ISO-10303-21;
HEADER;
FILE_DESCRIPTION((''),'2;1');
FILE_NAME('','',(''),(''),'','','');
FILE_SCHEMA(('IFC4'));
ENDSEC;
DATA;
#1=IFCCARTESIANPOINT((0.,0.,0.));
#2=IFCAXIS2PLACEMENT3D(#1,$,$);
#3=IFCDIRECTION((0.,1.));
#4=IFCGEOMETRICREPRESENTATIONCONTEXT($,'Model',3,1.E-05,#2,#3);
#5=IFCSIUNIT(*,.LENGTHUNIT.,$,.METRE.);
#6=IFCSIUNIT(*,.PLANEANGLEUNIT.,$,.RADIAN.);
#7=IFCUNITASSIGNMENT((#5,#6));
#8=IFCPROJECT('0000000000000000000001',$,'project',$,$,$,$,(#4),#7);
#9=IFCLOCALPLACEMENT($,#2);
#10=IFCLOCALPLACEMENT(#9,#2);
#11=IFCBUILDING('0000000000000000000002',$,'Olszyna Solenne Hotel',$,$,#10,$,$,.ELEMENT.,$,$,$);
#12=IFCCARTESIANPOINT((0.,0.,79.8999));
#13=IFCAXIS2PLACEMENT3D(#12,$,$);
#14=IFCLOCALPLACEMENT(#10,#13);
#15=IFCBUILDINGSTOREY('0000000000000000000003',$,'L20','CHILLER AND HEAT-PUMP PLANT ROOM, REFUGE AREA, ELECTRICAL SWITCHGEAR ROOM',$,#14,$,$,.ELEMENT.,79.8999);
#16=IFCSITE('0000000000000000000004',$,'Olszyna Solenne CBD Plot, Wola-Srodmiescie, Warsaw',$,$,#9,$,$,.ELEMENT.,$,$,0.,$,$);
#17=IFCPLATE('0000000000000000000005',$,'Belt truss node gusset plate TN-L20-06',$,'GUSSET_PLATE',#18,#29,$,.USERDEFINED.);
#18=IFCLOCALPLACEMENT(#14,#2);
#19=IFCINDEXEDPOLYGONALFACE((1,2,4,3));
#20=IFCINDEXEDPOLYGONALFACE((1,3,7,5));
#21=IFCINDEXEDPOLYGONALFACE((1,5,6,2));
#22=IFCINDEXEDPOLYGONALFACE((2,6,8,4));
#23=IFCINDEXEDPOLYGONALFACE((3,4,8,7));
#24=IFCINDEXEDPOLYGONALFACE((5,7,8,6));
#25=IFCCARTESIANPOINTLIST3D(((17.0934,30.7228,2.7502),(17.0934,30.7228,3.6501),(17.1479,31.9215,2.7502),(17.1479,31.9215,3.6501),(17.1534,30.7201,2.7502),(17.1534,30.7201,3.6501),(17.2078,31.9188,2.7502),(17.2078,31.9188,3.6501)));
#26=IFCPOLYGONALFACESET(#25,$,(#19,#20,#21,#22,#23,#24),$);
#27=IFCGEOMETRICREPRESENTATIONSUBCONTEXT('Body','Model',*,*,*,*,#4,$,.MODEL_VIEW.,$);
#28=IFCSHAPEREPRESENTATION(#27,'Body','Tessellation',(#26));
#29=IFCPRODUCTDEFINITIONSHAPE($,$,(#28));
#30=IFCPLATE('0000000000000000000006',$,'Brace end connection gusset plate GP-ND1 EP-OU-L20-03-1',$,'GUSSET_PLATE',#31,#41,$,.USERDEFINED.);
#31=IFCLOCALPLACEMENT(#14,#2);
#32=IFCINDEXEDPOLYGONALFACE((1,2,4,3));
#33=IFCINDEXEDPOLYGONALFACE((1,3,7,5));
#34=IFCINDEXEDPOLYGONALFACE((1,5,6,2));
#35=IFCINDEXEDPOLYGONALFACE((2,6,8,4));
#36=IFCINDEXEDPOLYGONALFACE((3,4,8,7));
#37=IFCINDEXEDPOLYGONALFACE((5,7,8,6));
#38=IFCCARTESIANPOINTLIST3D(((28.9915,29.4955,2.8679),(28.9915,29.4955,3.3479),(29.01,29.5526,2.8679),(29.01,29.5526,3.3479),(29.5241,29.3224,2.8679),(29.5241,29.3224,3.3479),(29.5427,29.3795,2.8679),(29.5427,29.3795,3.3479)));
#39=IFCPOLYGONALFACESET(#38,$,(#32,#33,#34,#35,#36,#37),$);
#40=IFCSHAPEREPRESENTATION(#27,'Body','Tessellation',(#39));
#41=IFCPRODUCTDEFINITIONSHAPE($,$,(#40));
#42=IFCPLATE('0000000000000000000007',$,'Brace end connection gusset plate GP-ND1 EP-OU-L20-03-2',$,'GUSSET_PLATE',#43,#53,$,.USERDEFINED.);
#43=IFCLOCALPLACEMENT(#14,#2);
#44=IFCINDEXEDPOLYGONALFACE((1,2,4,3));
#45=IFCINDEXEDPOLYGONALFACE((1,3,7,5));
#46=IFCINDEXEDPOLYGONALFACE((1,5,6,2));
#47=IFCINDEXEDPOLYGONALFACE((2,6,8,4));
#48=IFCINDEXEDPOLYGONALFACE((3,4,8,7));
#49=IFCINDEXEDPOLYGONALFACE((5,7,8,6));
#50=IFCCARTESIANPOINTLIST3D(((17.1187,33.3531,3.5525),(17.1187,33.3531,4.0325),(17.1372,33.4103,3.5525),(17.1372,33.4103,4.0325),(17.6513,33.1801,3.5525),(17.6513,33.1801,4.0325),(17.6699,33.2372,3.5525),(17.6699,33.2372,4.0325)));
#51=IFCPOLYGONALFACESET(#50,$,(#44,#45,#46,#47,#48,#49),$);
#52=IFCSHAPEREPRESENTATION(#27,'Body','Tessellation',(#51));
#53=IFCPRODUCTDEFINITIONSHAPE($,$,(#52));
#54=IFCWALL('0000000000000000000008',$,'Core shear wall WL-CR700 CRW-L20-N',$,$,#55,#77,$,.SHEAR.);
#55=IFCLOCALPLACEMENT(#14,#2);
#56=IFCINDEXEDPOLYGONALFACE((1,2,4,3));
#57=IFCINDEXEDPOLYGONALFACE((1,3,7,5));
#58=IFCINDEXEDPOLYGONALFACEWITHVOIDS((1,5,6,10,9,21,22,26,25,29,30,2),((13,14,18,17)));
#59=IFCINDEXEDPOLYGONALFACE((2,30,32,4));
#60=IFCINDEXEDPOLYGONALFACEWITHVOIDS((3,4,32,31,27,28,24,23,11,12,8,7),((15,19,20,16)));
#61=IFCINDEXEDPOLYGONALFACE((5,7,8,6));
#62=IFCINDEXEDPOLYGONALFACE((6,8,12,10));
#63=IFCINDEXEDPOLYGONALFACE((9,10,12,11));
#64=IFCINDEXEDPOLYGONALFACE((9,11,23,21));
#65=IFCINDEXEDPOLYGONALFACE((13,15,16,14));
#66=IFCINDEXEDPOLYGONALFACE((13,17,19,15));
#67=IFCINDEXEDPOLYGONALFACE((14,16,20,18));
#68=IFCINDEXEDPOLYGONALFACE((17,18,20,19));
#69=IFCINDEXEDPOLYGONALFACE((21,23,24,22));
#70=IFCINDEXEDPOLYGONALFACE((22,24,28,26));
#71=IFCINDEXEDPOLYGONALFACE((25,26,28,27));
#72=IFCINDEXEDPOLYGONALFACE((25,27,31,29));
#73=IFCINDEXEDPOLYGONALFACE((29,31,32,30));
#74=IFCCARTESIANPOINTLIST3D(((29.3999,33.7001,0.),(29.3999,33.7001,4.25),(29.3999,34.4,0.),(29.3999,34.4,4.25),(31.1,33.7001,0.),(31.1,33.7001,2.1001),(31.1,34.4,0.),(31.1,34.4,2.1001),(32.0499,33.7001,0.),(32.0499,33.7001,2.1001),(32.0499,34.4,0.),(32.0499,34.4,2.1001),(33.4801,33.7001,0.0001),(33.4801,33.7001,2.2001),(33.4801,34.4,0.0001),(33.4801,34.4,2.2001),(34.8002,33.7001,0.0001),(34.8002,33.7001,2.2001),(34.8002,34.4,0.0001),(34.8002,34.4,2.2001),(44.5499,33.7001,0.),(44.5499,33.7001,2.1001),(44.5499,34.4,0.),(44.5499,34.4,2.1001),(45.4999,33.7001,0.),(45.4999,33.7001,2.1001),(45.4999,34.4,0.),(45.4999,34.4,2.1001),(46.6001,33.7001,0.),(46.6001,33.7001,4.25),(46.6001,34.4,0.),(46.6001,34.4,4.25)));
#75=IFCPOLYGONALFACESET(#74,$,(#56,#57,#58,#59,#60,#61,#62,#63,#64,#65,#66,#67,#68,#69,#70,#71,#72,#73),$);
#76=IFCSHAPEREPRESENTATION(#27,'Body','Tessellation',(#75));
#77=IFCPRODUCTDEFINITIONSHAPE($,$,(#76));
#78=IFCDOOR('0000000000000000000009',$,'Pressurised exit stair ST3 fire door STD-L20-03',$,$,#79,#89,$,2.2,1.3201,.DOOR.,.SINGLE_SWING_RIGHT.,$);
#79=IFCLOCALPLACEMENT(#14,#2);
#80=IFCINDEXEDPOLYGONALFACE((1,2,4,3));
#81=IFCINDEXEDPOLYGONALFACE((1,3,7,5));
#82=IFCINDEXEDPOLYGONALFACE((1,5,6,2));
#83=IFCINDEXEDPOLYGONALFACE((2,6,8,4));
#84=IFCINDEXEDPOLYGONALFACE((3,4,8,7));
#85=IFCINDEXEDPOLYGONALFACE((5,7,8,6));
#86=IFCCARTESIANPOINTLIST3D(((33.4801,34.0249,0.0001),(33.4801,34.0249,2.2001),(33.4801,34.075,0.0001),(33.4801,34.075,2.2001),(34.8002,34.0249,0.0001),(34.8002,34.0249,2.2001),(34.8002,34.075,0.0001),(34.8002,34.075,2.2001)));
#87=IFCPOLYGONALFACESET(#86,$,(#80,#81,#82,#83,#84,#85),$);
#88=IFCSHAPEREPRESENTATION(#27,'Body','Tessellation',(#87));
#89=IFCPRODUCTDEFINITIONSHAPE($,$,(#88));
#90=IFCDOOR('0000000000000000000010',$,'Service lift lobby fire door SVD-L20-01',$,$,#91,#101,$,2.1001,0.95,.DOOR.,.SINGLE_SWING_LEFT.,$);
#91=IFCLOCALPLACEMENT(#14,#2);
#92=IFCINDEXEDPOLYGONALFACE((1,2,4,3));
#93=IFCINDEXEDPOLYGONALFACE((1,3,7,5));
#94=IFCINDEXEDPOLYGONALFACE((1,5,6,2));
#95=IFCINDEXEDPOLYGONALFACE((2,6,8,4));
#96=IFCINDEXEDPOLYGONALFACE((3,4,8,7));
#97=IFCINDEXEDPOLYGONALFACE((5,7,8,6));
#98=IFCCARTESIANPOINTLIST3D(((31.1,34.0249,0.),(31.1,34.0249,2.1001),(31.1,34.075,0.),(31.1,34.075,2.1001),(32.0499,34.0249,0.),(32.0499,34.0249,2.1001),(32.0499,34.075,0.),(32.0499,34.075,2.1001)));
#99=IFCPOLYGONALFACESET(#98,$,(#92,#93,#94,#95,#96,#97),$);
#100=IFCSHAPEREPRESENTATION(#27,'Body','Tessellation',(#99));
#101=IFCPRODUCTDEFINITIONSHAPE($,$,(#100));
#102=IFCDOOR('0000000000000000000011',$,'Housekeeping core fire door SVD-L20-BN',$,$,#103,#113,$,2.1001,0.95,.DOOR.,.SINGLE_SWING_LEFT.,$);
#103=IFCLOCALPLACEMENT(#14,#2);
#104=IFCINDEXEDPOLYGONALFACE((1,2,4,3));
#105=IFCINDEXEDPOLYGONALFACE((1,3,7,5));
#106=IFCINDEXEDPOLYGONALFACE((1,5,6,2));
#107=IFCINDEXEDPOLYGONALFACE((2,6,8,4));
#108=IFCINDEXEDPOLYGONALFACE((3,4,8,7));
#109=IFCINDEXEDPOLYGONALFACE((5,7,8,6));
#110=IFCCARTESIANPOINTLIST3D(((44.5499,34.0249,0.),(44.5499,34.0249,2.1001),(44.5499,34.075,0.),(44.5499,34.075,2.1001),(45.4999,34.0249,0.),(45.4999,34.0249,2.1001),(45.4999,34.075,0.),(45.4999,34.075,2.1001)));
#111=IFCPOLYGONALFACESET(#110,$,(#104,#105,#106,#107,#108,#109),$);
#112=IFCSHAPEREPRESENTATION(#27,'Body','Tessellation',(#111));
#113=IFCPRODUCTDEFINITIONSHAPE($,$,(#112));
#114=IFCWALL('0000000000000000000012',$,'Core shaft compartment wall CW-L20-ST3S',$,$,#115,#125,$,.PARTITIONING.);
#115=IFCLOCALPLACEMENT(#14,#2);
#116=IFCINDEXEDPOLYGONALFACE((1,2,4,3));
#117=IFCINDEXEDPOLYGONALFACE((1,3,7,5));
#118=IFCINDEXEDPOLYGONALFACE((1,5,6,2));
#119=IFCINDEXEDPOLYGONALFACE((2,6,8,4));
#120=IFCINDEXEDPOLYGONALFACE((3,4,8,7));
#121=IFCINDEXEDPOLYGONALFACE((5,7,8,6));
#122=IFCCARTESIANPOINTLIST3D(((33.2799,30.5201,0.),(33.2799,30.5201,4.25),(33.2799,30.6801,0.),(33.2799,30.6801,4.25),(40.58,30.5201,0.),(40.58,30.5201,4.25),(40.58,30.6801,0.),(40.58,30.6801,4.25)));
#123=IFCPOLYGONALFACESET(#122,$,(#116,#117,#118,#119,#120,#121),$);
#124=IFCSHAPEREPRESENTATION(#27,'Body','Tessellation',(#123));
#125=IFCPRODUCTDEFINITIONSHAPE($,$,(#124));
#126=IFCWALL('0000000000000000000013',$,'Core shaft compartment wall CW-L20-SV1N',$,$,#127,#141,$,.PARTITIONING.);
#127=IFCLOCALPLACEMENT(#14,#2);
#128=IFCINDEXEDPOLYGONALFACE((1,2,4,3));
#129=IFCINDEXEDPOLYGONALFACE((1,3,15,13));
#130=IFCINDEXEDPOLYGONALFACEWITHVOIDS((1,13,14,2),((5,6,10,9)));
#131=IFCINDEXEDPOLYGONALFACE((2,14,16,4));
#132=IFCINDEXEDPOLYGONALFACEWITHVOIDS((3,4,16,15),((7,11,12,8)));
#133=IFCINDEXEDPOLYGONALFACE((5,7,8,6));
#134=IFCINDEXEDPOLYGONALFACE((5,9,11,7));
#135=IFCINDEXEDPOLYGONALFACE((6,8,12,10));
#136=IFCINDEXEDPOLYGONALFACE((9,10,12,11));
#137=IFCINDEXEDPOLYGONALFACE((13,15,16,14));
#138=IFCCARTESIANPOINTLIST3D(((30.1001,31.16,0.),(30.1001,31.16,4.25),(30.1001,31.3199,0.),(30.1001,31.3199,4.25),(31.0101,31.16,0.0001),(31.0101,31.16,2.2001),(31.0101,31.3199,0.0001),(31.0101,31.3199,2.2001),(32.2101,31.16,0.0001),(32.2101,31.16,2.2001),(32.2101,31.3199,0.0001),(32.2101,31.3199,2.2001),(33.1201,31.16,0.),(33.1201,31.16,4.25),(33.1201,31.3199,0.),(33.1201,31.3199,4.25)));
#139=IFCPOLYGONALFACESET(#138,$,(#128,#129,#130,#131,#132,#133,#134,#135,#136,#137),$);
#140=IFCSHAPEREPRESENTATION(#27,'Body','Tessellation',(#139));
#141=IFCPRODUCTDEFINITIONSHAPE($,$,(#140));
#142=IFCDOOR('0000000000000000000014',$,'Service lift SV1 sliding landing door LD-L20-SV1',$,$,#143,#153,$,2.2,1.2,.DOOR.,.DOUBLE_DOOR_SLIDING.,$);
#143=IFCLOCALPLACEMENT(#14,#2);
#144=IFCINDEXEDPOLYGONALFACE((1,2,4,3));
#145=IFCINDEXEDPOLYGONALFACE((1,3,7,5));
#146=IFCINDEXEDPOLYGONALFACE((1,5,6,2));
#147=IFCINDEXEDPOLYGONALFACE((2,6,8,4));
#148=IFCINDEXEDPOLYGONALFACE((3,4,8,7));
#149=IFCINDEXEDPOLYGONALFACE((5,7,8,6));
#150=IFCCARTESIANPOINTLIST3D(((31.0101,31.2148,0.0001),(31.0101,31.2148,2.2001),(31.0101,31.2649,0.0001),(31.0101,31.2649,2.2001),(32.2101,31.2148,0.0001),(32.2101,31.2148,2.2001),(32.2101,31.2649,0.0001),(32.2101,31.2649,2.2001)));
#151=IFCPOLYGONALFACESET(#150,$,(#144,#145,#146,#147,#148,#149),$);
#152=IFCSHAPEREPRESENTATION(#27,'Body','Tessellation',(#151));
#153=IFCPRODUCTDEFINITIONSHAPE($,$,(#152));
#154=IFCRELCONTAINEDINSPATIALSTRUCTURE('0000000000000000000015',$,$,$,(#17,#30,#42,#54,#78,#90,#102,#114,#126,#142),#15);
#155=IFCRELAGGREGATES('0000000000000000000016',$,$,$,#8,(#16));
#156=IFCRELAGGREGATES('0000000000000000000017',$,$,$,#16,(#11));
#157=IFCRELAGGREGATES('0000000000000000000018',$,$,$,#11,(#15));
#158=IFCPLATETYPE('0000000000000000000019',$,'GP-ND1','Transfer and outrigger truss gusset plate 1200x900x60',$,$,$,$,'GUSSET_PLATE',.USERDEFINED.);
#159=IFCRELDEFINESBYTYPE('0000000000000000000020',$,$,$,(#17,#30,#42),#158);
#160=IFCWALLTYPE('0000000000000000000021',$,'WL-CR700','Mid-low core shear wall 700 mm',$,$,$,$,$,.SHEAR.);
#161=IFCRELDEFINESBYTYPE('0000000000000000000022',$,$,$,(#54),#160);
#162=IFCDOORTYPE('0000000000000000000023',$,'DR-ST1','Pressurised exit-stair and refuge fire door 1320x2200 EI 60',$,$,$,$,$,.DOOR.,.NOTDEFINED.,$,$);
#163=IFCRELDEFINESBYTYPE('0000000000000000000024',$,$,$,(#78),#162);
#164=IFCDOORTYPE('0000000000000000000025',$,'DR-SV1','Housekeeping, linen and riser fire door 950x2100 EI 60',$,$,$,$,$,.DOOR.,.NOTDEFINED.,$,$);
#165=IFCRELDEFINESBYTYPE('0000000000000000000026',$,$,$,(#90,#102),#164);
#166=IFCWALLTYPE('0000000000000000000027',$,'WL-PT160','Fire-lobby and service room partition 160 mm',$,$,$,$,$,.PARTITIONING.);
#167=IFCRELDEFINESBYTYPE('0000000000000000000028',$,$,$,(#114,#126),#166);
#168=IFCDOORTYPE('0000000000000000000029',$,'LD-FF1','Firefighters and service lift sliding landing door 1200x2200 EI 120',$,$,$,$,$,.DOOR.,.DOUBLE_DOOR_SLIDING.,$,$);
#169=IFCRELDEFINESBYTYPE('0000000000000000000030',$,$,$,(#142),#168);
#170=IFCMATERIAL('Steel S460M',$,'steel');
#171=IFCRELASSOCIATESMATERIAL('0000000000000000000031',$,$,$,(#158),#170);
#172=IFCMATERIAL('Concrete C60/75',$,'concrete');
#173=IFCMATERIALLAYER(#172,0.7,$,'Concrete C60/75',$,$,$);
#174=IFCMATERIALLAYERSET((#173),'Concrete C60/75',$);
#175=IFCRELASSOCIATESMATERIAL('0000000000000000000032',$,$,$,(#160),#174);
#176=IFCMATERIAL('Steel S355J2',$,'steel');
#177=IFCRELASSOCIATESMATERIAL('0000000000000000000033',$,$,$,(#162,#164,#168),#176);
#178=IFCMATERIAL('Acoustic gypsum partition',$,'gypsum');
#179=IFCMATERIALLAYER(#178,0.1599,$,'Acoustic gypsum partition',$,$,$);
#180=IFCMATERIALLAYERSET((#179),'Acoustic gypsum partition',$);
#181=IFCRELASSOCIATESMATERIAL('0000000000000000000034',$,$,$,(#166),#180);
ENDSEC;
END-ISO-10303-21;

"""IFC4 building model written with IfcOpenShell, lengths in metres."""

from ifc_helpers import new_model, si_unit, direction, frame, frame_2d, origin, origin_2d, place, context, subcontext, project, spatial, rectangle, extrude, source, transform, mapped, material, layer, layer_set, type_object, type_shapes, element, fill, save


model = new_model("IFC4")

# Units and contexts
model_context = context("Model", 3, precision=1e-05, world=origin(), true_north=direction((0.0, 1.0)))
body_context = subcontext(model_context, "Body", "Model", "MODEL_VIEW")
ifc_project = project(units=[si_unit("LENGTHUNIT", "METRE"), si_unit("PLANEANGLEUNIT", "RADIAN")], contexts=[model_context])

# Site, building, storey
site_placement = place(None, origin())
site = spatial("IfcSite", under=ifc_project, at=site_placement, Name="Olszyna Solenne CBD Plot, Wola-Srodmiescie, Warsaw", CompositionType="ELEMENT", RefElevation=0.0)
building_placement = place(site_placement, origin())
building = spatial("IfcBuilding", under=site, at=building_placement, Name="Olszyna Solenne Hotel", CompositionType="ELEMENT")
storey_placement = place(building_placement, frame((0.0, 0.0, 79.8999)))
storey = spatial("IfcBuildingStorey", under=building, at=storey_placement, Name="L20", Description="CHILLER AND HEAT-PUMP PLANT ROOM, REFUGE AREA, ELECTRICAL SWITCHGEAR ROOM", CompositionType="ELEMENT", Elevation=79.8999)

# Shared definitions
ifc_material_1 = material(Name="Steel S355J2", Category="steel")

# Shared definitions
ifc_material_2 = material(Name="Steel S460M", Category="steel")

# Plates
plate_type_1 = type_object("IfcPlateType", Name="GP-ND1", Description="Transfer and outrigger truss gusset plate 1200x900x60", ElementType="GUSSET_PLATE", PredefinedType="USERDEFINED", material=ifc_material_2)
shared_shape_1 = source(origin(), body_context, "Body", "SweptSolid", [
    extrude(rectangle(XDim=1.2, YDim=0.0601, at=origin_2d()), origin(), (0.0, 0.0, 1.0), 0.8999),
])
plate_1_placement = place(storey_placement, frame((17.1506, 31.3208, 2.7502), z_axis=(0.0, 0.0, 1.0), x_axis=(-0.045363, -0.998971, 0.0)))
element("IfcPlate", 1, at=plate_1_placement, inside=storey, type_object=plate_type_1, Name="Belt truss node gusset plate TN-L20-06", ObjectType="GUSSET_PLATE", PredefinedType="USERDEFINED", context=body_context, shape_type="MappedRepresentation", body=[
    mapped(shared_shape_1, transform((0.0, 0.0, 0.0), x_axis=(1.0, 0.0, 0.0), y_axis=(0.0, 1.0, 0.0), z_axis=(0.0, 0.0, 1.0), scale=1.0)),
])
shared_shape_2 = source(origin(), body_context, "Body", "SweptSolid", [
    extrude(rectangle(XDim=0.5601, YDim=0.0601, at=origin_2d()), origin(), (0.0, 0.0, 1.0), 0.48),
])
for number, where, z_axis, x_axis, name in (
    (2, (29.2671, 29.4375, 2.8679), (0.0, 0.0, 1.0), (-0.951057, 0.309017, 0.0), "Brace end connection gusset plate GP-ND1 EP-OU-L20-03-1"),
    (3, (17.3943, 33.2952, 3.5525), (0.0, 0.0, 1.0), (-0.951057, 0.309017, 0.0), "Brace end connection gusset plate GP-ND1 EP-OU-L20-03-2"),
):
    element("IfcPlate", number, at=place(storey_placement, frame(where, z_axis=z_axis, x_axis=x_axis)), inside=storey, type_object=plate_type_1, Name=name, ObjectType="GUSSET_PLATE", PredefinedType="USERDEFINED", context=body_context, shape_type="MappedRepresentation", body=[
        mapped(shared_shape_2, transform((0.0, 0.0, 0.0), x_axis=(1.0, 0.0, 0.0), y_axis=(0.0, 1.0, 0.0), z_axis=(0.0, 0.0, 1.0), scale=1.0)),
    ])

# Wall, openings, doors
ifc_material_3 = material(Name="Concrete C60/75", Category="concrete")
ifc_layer_1 = layer(ifc_material_3, 0.7, Name="Concrete C60/75")
ifc_layer_set_1 = layer_set([ifc_layer_1], Name="Concrete C60/75")
wall_type_1 = type_object("IfcWallType", Name="WL-CR700", Description="Mid-low core shear wall 700 mm", PredefinedType="SHEAR", material=ifc_layer_set_1)
wall_1_placement = place(storey_placement, frame((29.3999, 34.05, 0.0), z_axis=(0.0, 0.0, 1.0), x_axis=(1.0, 0.0, 0.0)))
wall_1 = element("IfcWall", 4, at=wall_1_placement, inside=storey, type_object=wall_type_1, Name="Core shear wall WL-CR700 CRW-L20-N", PredefinedType="SHEAR", context=body_context, shape_type="SweptSolid", body=[
    extrude(rectangle(XDim=17.2002, YDim=0.7, at=frame_2d((8.6001, 0.0))), origin(), (0.0, 0.0, 1.0), 4.25),
])
opening_1_placement = place(wall_1_placement, frame((1.7, 0.0, 0.0)))
opening_1 = element("IfcOpeningElement", 5, at=opening_1_placement, cuts=wall_1, PredefinedType="OPENING", context=body_context, shape_type="SweptSolid", body=[
    extrude(rectangle(XDim=0.95, YDim=2.1001, at=frame_2d((0.4751, 1.05))), frame((0.0, 0.3599, 0.0), z_axis=(0.0, -1.0, 0.0), x_axis=(1.0, 0.0, 0.0)), (0.0, 0.0, 1.0), 0.72),
])
opening_2_placement = place(wall_1_placement, frame((4.0801, 0.0, 0.0)))
opening_2 = element("IfcOpeningElement", 6, at=opening_2_placement, cuts=wall_1, PredefinedType="OPENING", context=body_context, shape_type="SweptSolid", body=[
    extrude(rectangle(XDim=1.3201, YDim=2.2, at=frame_2d((0.6602, 1.1001))), frame((0.0, 0.3599, 0.0), z_axis=(0.0, -1.0, 0.0), x_axis=(1.0, 0.0, 0.0)), (0.0, 0.0, 1.0), 0.72),
])
opening_3_placement = place(wall_1_placement, frame((15.1499, 0.0, 0.0)))
opening_3 = element("IfcOpeningElement", 7, at=opening_3_placement, cuts=wall_1, PredefinedType="OPENING", context=body_context, shape_type="SweptSolid", body=[
    extrude(rectangle(XDim=0.95, YDim=2.1001, at=frame_2d((0.4751, 1.05))), frame((0.0, 0.3599, 0.0), z_axis=(0.0, -1.0, 0.0), x_axis=(1.0, 0.0, 0.0)), (0.0, 0.0, 1.0), 0.72),
])
door_type_1 = type_object("IfcDoorType", Name="DR-ST1", Description="Pressurised exit-stair and refuge fire door 1320x2200 EI 60", OperationType="NOTDEFINED", PredefinedType="DOOR", material=ifc_material_1)
shared_shape_3 = source(origin(), body_context, "Body", "SweptSolid", [
    extrude(rectangle(XDim=1.3201, YDim=2.2, at=frame_2d((0.6602, 1.1001))), frame((0.0, 0.0249, 0.0), z_axis=(0.0, -1.0, 0.0), x_axis=(1.0, 0.0, 0.0)), (0.0, 0.0, 1.0), 0.05),
])
type_shapes(door_type_1, [shared_shape_3])
door_1_placement = place(opening_2_placement, origin())
door_1 = element("IfcDoor", 8, at=door_1_placement, inside=storey, type_object=door_type_1, Name="Pressurised exit stair ST3 fire door STD-L20-03", OperationType="SINGLE_SWING_RIGHT", OverallHeight=2.2, OverallWidth=1.3201, PredefinedType="DOOR", context=body_context, shape_type="MappedRepresentation", body=[
    mapped(shared_shape_3, transform((0.0, 0.0, 0.0), x_axis=(1.0, 0.0, 0.0), y_axis=(0.0, 1.0, 0.0), z_axis=(0.0, 0.0, 1.0), scale=1.0)),
])
fill(opening_2, door_1)
door_type_2 = type_object("IfcDoorType", Name="DR-SV1", Description="Housekeeping, linen and riser fire door 950x2100 EI 60", OperationType="NOTDEFINED", PredefinedType="DOOR", material=ifc_material_1)
shared_shape_4 = source(origin(), body_context, "Body", "SweptSolid", [
    extrude(rectangle(XDim=0.95, YDim=2.1001, at=frame_2d((0.4751, 1.05))), frame((0.0, 0.0249, 0.0), z_axis=(0.0, -1.0, 0.0), x_axis=(1.0, 0.0, 0.0)), (0.0, 0.0, 1.0), 0.05),
])
type_shapes(door_type_2, [shared_shape_4])
door_2_placement = place(opening_1_placement, origin())
door_2 = element("IfcDoor", 9, at=door_2_placement, inside=storey, type_object=door_type_2, Name="Service lift lobby fire door SVD-L20-01", OperationType="SINGLE_SWING_LEFT", OverallHeight=2.1001, OverallWidth=0.95, PredefinedType="DOOR", context=body_context, shape_type="MappedRepresentation", body=[
    mapped(shared_shape_4, transform((0.0, 0.0, 0.0), x_axis=(1.0, 0.0, 0.0), y_axis=(0.0, 1.0, 0.0), z_axis=(0.0, 0.0, 1.0), scale=1.0)),
])
fill(opening_1, door_2)
door_3_placement = place(opening_3_placement, origin())
door_3 = element("IfcDoor", 10, at=door_3_placement, inside=storey, type_object=door_type_2, Name="Housekeeping core fire door SVD-L20-BN", OperationType="SINGLE_SWING_LEFT", OverallHeight=2.1001, OverallWidth=0.95, PredefinedType="DOOR", context=body_context, shape_type="MappedRepresentation", body=[
    mapped(shared_shape_4, transform((0.0, 0.0, 0.0), x_axis=(1.0, 0.0, 0.0), y_axis=(0.0, 1.0, 0.0), z_axis=(0.0, 0.0, 1.0), scale=1.0)),
])
fill(opening_3, door_3)

# Wall
ifc_material_4 = material(Name="Acoustic gypsum partition", Category="gypsum")
ifc_layer_2 = layer(ifc_material_4, 0.1599, Name="Acoustic gypsum partition")
ifc_layer_set_2 = layer_set([ifc_layer_2], Name="Acoustic gypsum partition")
wall_type_2 = type_object("IfcWallType", Name="WL-PT160", Description="Fire-lobby and service room partition 160 mm", PredefinedType="PARTITIONING", material=ifc_layer_set_2)
wall_2_placement = place(storey_placement, frame((33.28, 30.6001, 0.0), z_axis=(0.0, 0.0, 1.0), x_axis=(1.0, 0.0, 0.0)))
element("IfcWall", 11, at=wall_2_placement, inside=storey, type_object=wall_type_2, Name="Core shaft compartment wall CW-L20-ST3S", PredefinedType="PARTITIONING", context=body_context, shape_type="SweptSolid", body=[
    extrude(rectangle(XDim=7.3, YDim=0.1599, at=frame_2d((3.6499, 0.0))), origin(), (0.0, 0.0, 1.0), 4.25),
])

# Wall, opening, door
wall_3_placement = place(storey_placement, frame((30.1001, 31.24, 0.0), z_axis=(0.0, 0.0, 1.0), x_axis=(1.0, 0.0, 0.0)))
wall_3 = element("IfcWall", 12, at=wall_3_placement, inside=storey, type_object=wall_type_2, Name="Core shaft compartment wall CW-L20-SV1N", PredefinedType="PARTITIONING", context=body_context, shape_type="SweptSolid", body=[
    extrude(rectangle(XDim=3.02, YDim=0.1599, at=frame_2d((1.51, 0.0))), origin(), (0.0, 0.0, 1.0), 4.25),
])
opening_4_placement = place(wall_3_placement, frame((0.9099, 0.0, 0.0)))
opening_4 = element("IfcOpeningElement", 13, at=opening_4_placement, cuts=wall_3, PredefinedType="OPENING", context=body_context, shape_type="SweptSolid", body=[
    extrude(rectangle(XDim=1.2, YDim=2.2, at=frame_2d((0.6001, 1.1001))), frame((0.0, 0.0898, 0.0), z_axis=(0.0, -1.0, 0.0), x_axis=(1.0, 0.0, 0.0)), (0.0, 0.0, 1.0), 0.1799),
])
door_type_3 = type_object("IfcDoorType", Name="LD-FF1", Description="Firefighters and service lift sliding landing door 1200x2200 EI 120", OperationType="DOUBLE_DOOR_SLIDING", PredefinedType="DOOR", material=ifc_material_1)
shared_shape_5 = source(origin(), body_context, "Body", "SweptSolid", [
    extrude(rectangle(XDim=1.2, YDim=2.2, at=frame_2d((0.6001, 1.1001))), frame((0.0, 0.0249, 0.0), z_axis=(0.0, -1.0, 0.0), x_axis=(1.0, 0.0, 0.0)), (0.0, 0.0, 1.0), 0.05),
])
type_shapes(door_type_3, [shared_shape_5])
door_4_placement = place(opening_4_placement, origin())
door_4 = element("IfcDoor", 14, at=door_4_placement, inside=storey, type_object=door_type_3, Name="Service lift SV1 sliding landing door LD-L20-SV1", OperationType="DOUBLE_DOOR_SLIDING", OverallHeight=2.2, OverallWidth=1.2, PredefinedType="DOOR", context=body_context, shape_type="MappedRepresentation", body=[
    mapped(shared_shape_5, transform((0.0, 0.0, 0.0), x_axis=(1.0, 0.0, 0.0), y_axis=(0.0, 1.0, 0.0), z_axis=(0.0, 0.0, 1.0), scale=1.0)),
])
fill(opening_4, door_4)

save(model, "model.ifc")
